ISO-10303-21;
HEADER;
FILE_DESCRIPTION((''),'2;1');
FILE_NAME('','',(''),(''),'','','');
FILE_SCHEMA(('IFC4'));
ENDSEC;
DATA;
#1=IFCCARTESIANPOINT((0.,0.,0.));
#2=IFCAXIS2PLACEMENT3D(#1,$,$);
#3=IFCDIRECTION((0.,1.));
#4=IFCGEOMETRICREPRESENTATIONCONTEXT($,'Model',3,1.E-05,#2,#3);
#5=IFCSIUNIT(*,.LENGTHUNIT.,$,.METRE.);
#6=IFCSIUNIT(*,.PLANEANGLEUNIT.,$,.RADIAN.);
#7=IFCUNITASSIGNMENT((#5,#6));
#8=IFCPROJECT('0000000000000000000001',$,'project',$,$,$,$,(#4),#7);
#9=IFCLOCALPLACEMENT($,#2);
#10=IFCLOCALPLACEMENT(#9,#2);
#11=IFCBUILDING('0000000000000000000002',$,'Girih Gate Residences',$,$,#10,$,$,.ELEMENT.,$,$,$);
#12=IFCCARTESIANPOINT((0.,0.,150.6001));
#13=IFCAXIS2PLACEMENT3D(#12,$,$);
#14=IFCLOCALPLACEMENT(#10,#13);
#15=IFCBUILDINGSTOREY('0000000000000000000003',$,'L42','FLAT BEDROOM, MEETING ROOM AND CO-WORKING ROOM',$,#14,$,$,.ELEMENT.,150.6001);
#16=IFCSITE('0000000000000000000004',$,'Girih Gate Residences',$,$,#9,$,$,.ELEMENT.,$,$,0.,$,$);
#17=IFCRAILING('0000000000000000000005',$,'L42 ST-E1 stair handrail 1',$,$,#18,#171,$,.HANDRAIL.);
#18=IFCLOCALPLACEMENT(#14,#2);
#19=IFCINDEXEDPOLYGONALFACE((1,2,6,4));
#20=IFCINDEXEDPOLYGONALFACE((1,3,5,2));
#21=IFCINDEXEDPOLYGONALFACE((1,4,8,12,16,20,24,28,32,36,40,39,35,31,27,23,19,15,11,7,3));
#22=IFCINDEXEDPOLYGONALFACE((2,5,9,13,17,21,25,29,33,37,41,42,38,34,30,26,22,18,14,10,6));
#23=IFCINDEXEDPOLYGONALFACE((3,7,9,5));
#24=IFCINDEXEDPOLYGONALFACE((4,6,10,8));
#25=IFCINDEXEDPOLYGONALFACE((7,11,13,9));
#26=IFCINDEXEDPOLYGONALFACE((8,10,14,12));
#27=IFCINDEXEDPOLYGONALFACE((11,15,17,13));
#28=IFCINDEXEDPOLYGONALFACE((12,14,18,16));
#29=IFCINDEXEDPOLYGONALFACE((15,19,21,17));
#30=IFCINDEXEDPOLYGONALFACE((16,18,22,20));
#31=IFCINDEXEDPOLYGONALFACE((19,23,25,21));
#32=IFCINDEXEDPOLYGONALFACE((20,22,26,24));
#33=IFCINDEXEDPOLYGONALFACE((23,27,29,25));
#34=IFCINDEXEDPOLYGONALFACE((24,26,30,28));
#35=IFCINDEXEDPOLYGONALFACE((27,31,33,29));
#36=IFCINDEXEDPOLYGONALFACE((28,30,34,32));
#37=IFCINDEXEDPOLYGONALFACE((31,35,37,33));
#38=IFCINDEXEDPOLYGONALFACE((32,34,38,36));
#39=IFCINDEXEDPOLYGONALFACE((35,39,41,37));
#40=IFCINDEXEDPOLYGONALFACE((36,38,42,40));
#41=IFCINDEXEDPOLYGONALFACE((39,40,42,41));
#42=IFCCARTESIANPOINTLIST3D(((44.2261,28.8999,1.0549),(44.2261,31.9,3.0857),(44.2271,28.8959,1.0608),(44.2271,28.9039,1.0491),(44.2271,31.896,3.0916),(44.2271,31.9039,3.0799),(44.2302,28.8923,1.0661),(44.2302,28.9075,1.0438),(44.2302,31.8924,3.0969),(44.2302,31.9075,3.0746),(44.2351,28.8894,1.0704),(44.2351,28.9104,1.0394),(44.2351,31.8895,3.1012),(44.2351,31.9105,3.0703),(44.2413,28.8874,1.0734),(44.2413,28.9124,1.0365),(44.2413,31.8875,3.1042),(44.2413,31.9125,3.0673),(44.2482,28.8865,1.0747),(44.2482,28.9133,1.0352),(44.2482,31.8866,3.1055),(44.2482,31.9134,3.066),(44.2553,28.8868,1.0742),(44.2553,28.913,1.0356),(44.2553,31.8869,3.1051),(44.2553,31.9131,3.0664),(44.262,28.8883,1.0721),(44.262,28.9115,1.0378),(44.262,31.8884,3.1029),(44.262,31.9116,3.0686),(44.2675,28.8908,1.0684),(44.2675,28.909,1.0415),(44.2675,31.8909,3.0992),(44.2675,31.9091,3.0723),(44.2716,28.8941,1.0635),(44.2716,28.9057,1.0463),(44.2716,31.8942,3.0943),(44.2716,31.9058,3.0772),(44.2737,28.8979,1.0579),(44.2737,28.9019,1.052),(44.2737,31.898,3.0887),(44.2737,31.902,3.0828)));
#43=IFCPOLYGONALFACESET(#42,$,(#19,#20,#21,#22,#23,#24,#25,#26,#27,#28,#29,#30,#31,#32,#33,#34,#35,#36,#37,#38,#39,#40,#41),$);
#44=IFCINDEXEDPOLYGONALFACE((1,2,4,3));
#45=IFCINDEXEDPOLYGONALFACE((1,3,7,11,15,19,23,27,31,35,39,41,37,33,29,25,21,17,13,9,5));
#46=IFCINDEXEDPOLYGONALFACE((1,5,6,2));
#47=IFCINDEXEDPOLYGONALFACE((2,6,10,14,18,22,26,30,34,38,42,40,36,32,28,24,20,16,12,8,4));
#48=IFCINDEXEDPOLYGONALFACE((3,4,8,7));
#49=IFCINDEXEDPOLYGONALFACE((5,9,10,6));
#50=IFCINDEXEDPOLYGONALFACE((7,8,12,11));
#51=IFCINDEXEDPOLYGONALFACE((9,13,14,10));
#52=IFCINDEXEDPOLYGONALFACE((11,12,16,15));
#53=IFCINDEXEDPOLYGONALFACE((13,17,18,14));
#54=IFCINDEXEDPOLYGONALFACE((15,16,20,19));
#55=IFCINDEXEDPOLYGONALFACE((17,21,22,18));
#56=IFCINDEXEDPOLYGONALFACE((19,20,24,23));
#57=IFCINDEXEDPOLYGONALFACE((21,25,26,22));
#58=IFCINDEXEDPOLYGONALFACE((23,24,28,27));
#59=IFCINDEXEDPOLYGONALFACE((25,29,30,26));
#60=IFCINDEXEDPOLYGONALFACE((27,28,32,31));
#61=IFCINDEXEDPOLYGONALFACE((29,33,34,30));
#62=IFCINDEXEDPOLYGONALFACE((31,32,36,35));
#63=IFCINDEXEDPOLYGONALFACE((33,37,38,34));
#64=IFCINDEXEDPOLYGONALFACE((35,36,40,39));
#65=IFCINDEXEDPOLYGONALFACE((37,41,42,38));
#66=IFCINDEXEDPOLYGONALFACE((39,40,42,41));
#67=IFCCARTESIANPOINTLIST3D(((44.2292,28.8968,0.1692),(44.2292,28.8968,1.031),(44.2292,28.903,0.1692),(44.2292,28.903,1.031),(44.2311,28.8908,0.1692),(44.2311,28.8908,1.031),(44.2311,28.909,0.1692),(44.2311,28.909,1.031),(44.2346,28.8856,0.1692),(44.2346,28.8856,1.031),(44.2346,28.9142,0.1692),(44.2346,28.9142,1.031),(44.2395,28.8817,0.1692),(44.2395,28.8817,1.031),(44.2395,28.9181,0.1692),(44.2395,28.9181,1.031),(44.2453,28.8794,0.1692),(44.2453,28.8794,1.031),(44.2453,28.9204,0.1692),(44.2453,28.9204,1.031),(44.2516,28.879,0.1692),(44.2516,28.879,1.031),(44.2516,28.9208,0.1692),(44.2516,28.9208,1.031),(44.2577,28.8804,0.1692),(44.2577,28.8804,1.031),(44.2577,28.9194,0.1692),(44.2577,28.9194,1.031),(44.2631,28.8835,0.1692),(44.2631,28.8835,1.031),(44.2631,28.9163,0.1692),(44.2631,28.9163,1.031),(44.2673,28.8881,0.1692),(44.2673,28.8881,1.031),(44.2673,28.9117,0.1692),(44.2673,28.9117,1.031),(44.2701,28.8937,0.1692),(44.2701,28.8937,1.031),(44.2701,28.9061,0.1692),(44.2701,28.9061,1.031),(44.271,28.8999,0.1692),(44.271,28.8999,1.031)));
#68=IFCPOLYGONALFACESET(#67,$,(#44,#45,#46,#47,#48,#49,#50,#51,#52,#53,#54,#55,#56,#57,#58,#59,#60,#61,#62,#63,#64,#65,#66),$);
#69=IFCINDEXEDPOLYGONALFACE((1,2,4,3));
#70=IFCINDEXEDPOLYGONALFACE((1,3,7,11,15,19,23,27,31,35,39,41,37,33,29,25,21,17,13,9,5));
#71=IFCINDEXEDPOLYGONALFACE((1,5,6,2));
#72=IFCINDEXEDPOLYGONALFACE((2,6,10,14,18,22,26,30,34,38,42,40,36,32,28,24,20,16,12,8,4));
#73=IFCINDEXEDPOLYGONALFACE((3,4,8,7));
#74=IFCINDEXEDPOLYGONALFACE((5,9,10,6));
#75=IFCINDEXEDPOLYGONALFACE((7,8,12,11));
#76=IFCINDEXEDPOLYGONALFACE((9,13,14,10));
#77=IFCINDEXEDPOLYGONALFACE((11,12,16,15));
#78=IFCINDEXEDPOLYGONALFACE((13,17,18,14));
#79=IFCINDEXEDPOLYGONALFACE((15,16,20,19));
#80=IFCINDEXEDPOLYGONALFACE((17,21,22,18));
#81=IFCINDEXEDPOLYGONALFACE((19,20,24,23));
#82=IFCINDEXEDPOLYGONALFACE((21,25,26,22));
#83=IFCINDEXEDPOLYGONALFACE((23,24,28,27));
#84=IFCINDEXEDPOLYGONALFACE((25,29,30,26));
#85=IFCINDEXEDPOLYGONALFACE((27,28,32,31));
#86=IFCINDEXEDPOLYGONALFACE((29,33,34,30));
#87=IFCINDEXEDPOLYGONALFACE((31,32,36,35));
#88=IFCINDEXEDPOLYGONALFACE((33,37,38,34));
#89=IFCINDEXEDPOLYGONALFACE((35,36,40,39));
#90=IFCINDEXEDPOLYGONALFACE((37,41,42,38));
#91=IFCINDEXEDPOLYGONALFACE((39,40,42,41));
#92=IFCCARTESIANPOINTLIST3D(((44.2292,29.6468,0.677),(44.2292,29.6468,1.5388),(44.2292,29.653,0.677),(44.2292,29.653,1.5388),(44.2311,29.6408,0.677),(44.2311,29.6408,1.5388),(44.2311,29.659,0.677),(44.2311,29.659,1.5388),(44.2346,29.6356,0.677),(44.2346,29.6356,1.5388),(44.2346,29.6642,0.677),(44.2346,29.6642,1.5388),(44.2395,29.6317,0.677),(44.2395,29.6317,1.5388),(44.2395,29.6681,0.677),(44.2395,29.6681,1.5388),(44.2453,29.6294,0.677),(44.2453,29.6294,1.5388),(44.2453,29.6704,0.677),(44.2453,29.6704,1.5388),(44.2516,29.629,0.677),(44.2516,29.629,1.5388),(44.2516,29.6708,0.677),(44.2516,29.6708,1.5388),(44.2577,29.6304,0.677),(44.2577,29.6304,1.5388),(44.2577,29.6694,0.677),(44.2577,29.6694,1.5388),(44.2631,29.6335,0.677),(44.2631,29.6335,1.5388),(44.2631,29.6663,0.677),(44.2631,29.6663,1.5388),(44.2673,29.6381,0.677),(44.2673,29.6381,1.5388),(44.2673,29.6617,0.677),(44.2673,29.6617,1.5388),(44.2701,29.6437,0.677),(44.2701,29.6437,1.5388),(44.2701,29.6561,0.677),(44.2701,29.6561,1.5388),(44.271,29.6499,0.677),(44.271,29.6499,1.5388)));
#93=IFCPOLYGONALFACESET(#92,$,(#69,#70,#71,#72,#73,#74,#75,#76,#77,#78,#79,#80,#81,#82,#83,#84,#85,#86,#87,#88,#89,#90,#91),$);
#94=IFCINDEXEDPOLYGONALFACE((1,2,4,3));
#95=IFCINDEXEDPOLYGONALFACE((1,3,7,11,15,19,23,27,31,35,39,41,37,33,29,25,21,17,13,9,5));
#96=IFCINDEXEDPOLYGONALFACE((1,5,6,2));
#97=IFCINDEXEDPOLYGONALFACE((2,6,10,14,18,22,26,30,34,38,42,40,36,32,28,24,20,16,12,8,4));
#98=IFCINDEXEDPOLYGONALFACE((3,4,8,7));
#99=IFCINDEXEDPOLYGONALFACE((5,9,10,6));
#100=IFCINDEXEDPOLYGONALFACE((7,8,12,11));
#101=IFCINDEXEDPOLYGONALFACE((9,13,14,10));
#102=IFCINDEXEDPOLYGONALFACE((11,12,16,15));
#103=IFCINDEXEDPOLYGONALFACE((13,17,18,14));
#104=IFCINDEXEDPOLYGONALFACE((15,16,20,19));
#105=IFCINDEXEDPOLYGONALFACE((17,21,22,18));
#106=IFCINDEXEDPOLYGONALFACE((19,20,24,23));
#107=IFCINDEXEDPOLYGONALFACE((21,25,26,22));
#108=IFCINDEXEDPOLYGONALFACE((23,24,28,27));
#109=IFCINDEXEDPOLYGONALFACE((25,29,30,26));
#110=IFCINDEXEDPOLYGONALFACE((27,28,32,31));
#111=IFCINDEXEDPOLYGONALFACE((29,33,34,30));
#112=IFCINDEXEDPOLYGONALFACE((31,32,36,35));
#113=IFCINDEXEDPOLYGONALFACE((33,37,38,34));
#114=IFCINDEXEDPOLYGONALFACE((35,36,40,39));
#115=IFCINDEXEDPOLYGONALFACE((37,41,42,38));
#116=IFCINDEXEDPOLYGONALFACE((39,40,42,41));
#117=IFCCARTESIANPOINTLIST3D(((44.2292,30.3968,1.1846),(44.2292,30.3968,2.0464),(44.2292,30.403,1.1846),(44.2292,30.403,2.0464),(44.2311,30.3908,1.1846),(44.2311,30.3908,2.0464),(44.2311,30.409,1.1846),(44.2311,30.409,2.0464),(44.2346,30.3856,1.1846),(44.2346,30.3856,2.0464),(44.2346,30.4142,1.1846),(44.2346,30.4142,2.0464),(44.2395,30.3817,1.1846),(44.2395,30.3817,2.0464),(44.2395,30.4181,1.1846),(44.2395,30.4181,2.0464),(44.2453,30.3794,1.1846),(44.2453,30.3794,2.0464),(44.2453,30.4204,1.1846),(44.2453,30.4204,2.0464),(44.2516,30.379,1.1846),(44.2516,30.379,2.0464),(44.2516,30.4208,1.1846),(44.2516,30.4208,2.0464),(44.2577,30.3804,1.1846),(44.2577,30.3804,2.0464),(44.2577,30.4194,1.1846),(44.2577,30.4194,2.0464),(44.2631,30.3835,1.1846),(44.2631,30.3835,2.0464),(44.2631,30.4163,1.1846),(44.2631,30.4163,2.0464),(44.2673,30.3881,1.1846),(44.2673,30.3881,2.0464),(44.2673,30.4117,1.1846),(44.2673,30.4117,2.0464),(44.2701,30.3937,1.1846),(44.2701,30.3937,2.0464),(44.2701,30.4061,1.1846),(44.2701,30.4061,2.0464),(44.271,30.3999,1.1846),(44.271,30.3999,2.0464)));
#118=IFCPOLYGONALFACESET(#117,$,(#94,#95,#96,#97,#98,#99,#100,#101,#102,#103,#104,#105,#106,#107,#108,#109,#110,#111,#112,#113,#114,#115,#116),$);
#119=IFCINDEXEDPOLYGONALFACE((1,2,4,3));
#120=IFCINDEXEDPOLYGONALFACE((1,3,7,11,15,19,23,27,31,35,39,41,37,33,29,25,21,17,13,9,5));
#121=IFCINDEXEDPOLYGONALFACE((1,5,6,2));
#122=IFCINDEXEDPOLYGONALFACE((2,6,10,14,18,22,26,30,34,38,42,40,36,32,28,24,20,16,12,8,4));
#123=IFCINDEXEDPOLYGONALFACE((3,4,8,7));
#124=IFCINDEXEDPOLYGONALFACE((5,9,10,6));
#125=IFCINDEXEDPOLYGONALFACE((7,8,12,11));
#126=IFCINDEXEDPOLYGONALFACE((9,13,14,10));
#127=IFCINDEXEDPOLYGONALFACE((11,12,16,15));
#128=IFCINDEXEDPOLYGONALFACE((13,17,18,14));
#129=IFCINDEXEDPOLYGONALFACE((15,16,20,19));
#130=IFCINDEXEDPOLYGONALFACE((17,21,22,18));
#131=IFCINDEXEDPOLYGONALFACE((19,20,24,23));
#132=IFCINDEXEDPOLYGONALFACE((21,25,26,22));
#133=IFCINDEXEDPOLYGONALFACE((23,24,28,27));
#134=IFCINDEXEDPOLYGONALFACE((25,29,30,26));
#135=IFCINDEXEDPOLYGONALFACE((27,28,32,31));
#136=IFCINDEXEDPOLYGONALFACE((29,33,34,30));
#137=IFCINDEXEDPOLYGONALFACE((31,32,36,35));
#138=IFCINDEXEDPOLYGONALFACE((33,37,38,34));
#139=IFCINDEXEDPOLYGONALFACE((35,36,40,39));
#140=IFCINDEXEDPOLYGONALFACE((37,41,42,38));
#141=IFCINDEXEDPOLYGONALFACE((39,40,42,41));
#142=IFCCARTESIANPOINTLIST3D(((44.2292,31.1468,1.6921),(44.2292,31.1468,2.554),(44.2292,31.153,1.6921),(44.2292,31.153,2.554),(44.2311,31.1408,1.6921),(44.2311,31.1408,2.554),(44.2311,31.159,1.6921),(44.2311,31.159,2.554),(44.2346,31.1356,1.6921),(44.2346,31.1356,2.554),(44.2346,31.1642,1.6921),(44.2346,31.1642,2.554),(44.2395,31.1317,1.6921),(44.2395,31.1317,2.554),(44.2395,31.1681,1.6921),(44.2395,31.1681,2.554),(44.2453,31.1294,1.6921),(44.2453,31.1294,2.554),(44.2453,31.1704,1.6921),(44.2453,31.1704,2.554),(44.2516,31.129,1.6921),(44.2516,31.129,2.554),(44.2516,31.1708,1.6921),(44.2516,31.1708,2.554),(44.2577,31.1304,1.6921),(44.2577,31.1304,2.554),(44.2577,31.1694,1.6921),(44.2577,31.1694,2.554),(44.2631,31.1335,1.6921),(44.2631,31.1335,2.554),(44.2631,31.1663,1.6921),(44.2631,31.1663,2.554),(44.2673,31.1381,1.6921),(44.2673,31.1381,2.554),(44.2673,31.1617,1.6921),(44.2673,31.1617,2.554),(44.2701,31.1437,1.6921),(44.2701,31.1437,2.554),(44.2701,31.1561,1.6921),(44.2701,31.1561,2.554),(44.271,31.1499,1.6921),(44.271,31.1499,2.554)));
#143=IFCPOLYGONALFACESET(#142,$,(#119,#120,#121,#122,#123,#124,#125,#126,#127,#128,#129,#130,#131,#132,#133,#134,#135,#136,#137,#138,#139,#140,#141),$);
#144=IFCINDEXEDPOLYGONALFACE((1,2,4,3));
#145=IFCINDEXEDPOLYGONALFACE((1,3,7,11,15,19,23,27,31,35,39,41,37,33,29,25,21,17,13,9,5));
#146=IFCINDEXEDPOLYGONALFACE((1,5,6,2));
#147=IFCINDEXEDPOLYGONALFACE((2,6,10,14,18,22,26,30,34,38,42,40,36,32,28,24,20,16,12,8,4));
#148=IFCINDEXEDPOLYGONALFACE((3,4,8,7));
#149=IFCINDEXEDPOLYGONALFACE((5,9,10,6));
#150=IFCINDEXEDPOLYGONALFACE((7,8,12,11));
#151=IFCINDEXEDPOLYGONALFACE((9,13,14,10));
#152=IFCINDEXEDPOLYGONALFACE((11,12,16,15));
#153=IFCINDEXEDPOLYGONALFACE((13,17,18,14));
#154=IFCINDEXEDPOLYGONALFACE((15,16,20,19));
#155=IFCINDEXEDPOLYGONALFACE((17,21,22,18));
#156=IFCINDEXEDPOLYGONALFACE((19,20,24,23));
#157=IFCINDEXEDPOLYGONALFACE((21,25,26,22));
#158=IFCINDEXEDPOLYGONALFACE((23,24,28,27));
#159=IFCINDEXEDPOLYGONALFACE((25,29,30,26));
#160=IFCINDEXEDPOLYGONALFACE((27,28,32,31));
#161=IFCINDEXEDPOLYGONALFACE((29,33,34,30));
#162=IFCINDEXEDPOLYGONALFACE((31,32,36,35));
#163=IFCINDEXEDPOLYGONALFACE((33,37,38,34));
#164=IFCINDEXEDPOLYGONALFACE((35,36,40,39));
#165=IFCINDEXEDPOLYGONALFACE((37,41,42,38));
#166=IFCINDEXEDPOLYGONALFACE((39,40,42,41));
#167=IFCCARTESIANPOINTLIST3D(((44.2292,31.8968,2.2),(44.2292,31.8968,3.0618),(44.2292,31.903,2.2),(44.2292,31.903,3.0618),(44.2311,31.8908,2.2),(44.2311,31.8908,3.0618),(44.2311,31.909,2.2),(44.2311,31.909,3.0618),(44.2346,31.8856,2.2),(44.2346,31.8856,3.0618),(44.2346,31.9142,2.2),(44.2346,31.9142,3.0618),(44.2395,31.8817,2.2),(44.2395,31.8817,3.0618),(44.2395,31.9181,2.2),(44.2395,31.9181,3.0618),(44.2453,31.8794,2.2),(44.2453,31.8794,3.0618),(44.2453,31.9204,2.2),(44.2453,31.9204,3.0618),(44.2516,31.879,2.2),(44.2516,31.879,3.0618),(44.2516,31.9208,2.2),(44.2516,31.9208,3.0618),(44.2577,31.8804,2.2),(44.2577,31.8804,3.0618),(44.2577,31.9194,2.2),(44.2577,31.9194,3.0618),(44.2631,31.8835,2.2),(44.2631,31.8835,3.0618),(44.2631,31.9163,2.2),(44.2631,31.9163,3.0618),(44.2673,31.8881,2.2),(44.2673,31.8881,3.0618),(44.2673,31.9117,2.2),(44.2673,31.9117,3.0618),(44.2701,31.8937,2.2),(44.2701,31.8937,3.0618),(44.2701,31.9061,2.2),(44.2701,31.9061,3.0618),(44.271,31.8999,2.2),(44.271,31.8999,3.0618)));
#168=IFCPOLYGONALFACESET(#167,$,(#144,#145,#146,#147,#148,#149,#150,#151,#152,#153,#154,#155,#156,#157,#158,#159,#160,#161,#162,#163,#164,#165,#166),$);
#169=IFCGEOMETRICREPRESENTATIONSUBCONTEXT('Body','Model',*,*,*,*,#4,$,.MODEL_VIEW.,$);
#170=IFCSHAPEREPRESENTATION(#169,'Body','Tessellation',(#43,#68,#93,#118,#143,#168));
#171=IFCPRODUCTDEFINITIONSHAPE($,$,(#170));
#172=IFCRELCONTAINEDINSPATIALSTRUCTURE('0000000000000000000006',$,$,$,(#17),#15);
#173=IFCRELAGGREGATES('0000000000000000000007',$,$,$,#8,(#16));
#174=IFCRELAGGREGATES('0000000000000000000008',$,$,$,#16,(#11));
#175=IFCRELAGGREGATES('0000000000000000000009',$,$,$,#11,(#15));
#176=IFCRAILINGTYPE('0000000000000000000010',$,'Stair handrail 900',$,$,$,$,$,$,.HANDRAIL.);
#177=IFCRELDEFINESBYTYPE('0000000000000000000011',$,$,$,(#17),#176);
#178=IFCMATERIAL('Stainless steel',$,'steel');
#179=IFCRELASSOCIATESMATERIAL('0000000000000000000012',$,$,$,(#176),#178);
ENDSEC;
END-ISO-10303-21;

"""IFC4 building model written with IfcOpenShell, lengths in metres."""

from ifc_helpers import new_model, si_unit, direction, frame, origin, origin_2d, place, context, subcontext, project, spatial, circle, extrude, material, type_object, element, save


model = new_model("IFC4")

# Units and contexts
model_context = context("Model", 3, precision=1e-05, world=origin(), true_north=direction((0.0, 1.0)))
body_context = subcontext(model_context, "Body", "Model", "MODEL_VIEW")
ifc_project = project(units=[si_unit("LENGTHUNIT", "METRE"), si_unit("PLANEANGLEUNIT", "RADIAN")], contexts=[model_context])

# Site, building, storey
site_placement = place(None, origin())
site = spatial("IfcSite", under=ifc_project, at=site_placement, Name="Girih Gate Residences", CompositionType="ELEMENT", RefElevation=0.0)
building_placement = place(site_placement, origin())
building = spatial("IfcBuilding", under=site, at=building_placement, Name="Girih Gate Residences", CompositionType="ELEMENT")
storey_placement = place(building_placement, frame((0.0, 0.0, 150.6001)))
storey = spatial("IfcBuildingStorey", under=building, at=storey_placement, Name="L42", Description="FLAT BEDROOM, MEETING ROOM AND CO-WORKING ROOM", CompositionType="ELEMENT", Elevation=150.6001)

# Railing
ifc_material_1 = material(Name="Stainless steel", Category="steel")
railing_type_1 = type_object("IfcRailingType", Name="Stair handrail 900", PredefinedType="HANDRAIL", material=ifc_material_1)
railing_1_placement = place(storey_placement, frame((44.25, 28.8999, 0.1692)))
element("IfcRailing", 1, at=railing_1_placement, inside=storey, type_object=railing_type_1, Name="L42 ST-E1 stair handrail 1", PredefinedType="HANDRAIL", context=body_context, shape_type="SweptSolid", body=[
    extrude(circle(Radius=0.0239, at=origin_2d()), frame((0.0, 0.0, 0.8857), z_axis=(0.0, 0.82811, 0.560565), x_axis=(-1.0, 0.0, 0.0)), (0.0, 0.0, 1.0), 3.6228),
    extrude(circle(Radius=0.021, at=origin_2d()), origin(), (0.0, 0.0, 1.0), 0.8618),
    extrude(circle(Radius=0.021, at=origin_2d()), frame((0.0, 0.75, 0.5078)), (0.0, 0.0, 1.0), 0.8618),
    extrude(circle(Radius=0.021, at=origin_2d()), frame((0.0, 1.5, 1.0154)), (0.0, 0.0, 1.0), 0.8618),
    extrude(circle(Radius=0.021, at=origin_2d()), frame((0.0, 2.25, 1.5229)), (0.0, 0.0, 1.0), 0.8618),
    extrude(circle(Radius=0.021, at=origin_2d()), frame((0.0, 3.0, 2.0308)), (0.0, 0.0, 1.0), 0.8618),
])

save(model, "model.ifc")
